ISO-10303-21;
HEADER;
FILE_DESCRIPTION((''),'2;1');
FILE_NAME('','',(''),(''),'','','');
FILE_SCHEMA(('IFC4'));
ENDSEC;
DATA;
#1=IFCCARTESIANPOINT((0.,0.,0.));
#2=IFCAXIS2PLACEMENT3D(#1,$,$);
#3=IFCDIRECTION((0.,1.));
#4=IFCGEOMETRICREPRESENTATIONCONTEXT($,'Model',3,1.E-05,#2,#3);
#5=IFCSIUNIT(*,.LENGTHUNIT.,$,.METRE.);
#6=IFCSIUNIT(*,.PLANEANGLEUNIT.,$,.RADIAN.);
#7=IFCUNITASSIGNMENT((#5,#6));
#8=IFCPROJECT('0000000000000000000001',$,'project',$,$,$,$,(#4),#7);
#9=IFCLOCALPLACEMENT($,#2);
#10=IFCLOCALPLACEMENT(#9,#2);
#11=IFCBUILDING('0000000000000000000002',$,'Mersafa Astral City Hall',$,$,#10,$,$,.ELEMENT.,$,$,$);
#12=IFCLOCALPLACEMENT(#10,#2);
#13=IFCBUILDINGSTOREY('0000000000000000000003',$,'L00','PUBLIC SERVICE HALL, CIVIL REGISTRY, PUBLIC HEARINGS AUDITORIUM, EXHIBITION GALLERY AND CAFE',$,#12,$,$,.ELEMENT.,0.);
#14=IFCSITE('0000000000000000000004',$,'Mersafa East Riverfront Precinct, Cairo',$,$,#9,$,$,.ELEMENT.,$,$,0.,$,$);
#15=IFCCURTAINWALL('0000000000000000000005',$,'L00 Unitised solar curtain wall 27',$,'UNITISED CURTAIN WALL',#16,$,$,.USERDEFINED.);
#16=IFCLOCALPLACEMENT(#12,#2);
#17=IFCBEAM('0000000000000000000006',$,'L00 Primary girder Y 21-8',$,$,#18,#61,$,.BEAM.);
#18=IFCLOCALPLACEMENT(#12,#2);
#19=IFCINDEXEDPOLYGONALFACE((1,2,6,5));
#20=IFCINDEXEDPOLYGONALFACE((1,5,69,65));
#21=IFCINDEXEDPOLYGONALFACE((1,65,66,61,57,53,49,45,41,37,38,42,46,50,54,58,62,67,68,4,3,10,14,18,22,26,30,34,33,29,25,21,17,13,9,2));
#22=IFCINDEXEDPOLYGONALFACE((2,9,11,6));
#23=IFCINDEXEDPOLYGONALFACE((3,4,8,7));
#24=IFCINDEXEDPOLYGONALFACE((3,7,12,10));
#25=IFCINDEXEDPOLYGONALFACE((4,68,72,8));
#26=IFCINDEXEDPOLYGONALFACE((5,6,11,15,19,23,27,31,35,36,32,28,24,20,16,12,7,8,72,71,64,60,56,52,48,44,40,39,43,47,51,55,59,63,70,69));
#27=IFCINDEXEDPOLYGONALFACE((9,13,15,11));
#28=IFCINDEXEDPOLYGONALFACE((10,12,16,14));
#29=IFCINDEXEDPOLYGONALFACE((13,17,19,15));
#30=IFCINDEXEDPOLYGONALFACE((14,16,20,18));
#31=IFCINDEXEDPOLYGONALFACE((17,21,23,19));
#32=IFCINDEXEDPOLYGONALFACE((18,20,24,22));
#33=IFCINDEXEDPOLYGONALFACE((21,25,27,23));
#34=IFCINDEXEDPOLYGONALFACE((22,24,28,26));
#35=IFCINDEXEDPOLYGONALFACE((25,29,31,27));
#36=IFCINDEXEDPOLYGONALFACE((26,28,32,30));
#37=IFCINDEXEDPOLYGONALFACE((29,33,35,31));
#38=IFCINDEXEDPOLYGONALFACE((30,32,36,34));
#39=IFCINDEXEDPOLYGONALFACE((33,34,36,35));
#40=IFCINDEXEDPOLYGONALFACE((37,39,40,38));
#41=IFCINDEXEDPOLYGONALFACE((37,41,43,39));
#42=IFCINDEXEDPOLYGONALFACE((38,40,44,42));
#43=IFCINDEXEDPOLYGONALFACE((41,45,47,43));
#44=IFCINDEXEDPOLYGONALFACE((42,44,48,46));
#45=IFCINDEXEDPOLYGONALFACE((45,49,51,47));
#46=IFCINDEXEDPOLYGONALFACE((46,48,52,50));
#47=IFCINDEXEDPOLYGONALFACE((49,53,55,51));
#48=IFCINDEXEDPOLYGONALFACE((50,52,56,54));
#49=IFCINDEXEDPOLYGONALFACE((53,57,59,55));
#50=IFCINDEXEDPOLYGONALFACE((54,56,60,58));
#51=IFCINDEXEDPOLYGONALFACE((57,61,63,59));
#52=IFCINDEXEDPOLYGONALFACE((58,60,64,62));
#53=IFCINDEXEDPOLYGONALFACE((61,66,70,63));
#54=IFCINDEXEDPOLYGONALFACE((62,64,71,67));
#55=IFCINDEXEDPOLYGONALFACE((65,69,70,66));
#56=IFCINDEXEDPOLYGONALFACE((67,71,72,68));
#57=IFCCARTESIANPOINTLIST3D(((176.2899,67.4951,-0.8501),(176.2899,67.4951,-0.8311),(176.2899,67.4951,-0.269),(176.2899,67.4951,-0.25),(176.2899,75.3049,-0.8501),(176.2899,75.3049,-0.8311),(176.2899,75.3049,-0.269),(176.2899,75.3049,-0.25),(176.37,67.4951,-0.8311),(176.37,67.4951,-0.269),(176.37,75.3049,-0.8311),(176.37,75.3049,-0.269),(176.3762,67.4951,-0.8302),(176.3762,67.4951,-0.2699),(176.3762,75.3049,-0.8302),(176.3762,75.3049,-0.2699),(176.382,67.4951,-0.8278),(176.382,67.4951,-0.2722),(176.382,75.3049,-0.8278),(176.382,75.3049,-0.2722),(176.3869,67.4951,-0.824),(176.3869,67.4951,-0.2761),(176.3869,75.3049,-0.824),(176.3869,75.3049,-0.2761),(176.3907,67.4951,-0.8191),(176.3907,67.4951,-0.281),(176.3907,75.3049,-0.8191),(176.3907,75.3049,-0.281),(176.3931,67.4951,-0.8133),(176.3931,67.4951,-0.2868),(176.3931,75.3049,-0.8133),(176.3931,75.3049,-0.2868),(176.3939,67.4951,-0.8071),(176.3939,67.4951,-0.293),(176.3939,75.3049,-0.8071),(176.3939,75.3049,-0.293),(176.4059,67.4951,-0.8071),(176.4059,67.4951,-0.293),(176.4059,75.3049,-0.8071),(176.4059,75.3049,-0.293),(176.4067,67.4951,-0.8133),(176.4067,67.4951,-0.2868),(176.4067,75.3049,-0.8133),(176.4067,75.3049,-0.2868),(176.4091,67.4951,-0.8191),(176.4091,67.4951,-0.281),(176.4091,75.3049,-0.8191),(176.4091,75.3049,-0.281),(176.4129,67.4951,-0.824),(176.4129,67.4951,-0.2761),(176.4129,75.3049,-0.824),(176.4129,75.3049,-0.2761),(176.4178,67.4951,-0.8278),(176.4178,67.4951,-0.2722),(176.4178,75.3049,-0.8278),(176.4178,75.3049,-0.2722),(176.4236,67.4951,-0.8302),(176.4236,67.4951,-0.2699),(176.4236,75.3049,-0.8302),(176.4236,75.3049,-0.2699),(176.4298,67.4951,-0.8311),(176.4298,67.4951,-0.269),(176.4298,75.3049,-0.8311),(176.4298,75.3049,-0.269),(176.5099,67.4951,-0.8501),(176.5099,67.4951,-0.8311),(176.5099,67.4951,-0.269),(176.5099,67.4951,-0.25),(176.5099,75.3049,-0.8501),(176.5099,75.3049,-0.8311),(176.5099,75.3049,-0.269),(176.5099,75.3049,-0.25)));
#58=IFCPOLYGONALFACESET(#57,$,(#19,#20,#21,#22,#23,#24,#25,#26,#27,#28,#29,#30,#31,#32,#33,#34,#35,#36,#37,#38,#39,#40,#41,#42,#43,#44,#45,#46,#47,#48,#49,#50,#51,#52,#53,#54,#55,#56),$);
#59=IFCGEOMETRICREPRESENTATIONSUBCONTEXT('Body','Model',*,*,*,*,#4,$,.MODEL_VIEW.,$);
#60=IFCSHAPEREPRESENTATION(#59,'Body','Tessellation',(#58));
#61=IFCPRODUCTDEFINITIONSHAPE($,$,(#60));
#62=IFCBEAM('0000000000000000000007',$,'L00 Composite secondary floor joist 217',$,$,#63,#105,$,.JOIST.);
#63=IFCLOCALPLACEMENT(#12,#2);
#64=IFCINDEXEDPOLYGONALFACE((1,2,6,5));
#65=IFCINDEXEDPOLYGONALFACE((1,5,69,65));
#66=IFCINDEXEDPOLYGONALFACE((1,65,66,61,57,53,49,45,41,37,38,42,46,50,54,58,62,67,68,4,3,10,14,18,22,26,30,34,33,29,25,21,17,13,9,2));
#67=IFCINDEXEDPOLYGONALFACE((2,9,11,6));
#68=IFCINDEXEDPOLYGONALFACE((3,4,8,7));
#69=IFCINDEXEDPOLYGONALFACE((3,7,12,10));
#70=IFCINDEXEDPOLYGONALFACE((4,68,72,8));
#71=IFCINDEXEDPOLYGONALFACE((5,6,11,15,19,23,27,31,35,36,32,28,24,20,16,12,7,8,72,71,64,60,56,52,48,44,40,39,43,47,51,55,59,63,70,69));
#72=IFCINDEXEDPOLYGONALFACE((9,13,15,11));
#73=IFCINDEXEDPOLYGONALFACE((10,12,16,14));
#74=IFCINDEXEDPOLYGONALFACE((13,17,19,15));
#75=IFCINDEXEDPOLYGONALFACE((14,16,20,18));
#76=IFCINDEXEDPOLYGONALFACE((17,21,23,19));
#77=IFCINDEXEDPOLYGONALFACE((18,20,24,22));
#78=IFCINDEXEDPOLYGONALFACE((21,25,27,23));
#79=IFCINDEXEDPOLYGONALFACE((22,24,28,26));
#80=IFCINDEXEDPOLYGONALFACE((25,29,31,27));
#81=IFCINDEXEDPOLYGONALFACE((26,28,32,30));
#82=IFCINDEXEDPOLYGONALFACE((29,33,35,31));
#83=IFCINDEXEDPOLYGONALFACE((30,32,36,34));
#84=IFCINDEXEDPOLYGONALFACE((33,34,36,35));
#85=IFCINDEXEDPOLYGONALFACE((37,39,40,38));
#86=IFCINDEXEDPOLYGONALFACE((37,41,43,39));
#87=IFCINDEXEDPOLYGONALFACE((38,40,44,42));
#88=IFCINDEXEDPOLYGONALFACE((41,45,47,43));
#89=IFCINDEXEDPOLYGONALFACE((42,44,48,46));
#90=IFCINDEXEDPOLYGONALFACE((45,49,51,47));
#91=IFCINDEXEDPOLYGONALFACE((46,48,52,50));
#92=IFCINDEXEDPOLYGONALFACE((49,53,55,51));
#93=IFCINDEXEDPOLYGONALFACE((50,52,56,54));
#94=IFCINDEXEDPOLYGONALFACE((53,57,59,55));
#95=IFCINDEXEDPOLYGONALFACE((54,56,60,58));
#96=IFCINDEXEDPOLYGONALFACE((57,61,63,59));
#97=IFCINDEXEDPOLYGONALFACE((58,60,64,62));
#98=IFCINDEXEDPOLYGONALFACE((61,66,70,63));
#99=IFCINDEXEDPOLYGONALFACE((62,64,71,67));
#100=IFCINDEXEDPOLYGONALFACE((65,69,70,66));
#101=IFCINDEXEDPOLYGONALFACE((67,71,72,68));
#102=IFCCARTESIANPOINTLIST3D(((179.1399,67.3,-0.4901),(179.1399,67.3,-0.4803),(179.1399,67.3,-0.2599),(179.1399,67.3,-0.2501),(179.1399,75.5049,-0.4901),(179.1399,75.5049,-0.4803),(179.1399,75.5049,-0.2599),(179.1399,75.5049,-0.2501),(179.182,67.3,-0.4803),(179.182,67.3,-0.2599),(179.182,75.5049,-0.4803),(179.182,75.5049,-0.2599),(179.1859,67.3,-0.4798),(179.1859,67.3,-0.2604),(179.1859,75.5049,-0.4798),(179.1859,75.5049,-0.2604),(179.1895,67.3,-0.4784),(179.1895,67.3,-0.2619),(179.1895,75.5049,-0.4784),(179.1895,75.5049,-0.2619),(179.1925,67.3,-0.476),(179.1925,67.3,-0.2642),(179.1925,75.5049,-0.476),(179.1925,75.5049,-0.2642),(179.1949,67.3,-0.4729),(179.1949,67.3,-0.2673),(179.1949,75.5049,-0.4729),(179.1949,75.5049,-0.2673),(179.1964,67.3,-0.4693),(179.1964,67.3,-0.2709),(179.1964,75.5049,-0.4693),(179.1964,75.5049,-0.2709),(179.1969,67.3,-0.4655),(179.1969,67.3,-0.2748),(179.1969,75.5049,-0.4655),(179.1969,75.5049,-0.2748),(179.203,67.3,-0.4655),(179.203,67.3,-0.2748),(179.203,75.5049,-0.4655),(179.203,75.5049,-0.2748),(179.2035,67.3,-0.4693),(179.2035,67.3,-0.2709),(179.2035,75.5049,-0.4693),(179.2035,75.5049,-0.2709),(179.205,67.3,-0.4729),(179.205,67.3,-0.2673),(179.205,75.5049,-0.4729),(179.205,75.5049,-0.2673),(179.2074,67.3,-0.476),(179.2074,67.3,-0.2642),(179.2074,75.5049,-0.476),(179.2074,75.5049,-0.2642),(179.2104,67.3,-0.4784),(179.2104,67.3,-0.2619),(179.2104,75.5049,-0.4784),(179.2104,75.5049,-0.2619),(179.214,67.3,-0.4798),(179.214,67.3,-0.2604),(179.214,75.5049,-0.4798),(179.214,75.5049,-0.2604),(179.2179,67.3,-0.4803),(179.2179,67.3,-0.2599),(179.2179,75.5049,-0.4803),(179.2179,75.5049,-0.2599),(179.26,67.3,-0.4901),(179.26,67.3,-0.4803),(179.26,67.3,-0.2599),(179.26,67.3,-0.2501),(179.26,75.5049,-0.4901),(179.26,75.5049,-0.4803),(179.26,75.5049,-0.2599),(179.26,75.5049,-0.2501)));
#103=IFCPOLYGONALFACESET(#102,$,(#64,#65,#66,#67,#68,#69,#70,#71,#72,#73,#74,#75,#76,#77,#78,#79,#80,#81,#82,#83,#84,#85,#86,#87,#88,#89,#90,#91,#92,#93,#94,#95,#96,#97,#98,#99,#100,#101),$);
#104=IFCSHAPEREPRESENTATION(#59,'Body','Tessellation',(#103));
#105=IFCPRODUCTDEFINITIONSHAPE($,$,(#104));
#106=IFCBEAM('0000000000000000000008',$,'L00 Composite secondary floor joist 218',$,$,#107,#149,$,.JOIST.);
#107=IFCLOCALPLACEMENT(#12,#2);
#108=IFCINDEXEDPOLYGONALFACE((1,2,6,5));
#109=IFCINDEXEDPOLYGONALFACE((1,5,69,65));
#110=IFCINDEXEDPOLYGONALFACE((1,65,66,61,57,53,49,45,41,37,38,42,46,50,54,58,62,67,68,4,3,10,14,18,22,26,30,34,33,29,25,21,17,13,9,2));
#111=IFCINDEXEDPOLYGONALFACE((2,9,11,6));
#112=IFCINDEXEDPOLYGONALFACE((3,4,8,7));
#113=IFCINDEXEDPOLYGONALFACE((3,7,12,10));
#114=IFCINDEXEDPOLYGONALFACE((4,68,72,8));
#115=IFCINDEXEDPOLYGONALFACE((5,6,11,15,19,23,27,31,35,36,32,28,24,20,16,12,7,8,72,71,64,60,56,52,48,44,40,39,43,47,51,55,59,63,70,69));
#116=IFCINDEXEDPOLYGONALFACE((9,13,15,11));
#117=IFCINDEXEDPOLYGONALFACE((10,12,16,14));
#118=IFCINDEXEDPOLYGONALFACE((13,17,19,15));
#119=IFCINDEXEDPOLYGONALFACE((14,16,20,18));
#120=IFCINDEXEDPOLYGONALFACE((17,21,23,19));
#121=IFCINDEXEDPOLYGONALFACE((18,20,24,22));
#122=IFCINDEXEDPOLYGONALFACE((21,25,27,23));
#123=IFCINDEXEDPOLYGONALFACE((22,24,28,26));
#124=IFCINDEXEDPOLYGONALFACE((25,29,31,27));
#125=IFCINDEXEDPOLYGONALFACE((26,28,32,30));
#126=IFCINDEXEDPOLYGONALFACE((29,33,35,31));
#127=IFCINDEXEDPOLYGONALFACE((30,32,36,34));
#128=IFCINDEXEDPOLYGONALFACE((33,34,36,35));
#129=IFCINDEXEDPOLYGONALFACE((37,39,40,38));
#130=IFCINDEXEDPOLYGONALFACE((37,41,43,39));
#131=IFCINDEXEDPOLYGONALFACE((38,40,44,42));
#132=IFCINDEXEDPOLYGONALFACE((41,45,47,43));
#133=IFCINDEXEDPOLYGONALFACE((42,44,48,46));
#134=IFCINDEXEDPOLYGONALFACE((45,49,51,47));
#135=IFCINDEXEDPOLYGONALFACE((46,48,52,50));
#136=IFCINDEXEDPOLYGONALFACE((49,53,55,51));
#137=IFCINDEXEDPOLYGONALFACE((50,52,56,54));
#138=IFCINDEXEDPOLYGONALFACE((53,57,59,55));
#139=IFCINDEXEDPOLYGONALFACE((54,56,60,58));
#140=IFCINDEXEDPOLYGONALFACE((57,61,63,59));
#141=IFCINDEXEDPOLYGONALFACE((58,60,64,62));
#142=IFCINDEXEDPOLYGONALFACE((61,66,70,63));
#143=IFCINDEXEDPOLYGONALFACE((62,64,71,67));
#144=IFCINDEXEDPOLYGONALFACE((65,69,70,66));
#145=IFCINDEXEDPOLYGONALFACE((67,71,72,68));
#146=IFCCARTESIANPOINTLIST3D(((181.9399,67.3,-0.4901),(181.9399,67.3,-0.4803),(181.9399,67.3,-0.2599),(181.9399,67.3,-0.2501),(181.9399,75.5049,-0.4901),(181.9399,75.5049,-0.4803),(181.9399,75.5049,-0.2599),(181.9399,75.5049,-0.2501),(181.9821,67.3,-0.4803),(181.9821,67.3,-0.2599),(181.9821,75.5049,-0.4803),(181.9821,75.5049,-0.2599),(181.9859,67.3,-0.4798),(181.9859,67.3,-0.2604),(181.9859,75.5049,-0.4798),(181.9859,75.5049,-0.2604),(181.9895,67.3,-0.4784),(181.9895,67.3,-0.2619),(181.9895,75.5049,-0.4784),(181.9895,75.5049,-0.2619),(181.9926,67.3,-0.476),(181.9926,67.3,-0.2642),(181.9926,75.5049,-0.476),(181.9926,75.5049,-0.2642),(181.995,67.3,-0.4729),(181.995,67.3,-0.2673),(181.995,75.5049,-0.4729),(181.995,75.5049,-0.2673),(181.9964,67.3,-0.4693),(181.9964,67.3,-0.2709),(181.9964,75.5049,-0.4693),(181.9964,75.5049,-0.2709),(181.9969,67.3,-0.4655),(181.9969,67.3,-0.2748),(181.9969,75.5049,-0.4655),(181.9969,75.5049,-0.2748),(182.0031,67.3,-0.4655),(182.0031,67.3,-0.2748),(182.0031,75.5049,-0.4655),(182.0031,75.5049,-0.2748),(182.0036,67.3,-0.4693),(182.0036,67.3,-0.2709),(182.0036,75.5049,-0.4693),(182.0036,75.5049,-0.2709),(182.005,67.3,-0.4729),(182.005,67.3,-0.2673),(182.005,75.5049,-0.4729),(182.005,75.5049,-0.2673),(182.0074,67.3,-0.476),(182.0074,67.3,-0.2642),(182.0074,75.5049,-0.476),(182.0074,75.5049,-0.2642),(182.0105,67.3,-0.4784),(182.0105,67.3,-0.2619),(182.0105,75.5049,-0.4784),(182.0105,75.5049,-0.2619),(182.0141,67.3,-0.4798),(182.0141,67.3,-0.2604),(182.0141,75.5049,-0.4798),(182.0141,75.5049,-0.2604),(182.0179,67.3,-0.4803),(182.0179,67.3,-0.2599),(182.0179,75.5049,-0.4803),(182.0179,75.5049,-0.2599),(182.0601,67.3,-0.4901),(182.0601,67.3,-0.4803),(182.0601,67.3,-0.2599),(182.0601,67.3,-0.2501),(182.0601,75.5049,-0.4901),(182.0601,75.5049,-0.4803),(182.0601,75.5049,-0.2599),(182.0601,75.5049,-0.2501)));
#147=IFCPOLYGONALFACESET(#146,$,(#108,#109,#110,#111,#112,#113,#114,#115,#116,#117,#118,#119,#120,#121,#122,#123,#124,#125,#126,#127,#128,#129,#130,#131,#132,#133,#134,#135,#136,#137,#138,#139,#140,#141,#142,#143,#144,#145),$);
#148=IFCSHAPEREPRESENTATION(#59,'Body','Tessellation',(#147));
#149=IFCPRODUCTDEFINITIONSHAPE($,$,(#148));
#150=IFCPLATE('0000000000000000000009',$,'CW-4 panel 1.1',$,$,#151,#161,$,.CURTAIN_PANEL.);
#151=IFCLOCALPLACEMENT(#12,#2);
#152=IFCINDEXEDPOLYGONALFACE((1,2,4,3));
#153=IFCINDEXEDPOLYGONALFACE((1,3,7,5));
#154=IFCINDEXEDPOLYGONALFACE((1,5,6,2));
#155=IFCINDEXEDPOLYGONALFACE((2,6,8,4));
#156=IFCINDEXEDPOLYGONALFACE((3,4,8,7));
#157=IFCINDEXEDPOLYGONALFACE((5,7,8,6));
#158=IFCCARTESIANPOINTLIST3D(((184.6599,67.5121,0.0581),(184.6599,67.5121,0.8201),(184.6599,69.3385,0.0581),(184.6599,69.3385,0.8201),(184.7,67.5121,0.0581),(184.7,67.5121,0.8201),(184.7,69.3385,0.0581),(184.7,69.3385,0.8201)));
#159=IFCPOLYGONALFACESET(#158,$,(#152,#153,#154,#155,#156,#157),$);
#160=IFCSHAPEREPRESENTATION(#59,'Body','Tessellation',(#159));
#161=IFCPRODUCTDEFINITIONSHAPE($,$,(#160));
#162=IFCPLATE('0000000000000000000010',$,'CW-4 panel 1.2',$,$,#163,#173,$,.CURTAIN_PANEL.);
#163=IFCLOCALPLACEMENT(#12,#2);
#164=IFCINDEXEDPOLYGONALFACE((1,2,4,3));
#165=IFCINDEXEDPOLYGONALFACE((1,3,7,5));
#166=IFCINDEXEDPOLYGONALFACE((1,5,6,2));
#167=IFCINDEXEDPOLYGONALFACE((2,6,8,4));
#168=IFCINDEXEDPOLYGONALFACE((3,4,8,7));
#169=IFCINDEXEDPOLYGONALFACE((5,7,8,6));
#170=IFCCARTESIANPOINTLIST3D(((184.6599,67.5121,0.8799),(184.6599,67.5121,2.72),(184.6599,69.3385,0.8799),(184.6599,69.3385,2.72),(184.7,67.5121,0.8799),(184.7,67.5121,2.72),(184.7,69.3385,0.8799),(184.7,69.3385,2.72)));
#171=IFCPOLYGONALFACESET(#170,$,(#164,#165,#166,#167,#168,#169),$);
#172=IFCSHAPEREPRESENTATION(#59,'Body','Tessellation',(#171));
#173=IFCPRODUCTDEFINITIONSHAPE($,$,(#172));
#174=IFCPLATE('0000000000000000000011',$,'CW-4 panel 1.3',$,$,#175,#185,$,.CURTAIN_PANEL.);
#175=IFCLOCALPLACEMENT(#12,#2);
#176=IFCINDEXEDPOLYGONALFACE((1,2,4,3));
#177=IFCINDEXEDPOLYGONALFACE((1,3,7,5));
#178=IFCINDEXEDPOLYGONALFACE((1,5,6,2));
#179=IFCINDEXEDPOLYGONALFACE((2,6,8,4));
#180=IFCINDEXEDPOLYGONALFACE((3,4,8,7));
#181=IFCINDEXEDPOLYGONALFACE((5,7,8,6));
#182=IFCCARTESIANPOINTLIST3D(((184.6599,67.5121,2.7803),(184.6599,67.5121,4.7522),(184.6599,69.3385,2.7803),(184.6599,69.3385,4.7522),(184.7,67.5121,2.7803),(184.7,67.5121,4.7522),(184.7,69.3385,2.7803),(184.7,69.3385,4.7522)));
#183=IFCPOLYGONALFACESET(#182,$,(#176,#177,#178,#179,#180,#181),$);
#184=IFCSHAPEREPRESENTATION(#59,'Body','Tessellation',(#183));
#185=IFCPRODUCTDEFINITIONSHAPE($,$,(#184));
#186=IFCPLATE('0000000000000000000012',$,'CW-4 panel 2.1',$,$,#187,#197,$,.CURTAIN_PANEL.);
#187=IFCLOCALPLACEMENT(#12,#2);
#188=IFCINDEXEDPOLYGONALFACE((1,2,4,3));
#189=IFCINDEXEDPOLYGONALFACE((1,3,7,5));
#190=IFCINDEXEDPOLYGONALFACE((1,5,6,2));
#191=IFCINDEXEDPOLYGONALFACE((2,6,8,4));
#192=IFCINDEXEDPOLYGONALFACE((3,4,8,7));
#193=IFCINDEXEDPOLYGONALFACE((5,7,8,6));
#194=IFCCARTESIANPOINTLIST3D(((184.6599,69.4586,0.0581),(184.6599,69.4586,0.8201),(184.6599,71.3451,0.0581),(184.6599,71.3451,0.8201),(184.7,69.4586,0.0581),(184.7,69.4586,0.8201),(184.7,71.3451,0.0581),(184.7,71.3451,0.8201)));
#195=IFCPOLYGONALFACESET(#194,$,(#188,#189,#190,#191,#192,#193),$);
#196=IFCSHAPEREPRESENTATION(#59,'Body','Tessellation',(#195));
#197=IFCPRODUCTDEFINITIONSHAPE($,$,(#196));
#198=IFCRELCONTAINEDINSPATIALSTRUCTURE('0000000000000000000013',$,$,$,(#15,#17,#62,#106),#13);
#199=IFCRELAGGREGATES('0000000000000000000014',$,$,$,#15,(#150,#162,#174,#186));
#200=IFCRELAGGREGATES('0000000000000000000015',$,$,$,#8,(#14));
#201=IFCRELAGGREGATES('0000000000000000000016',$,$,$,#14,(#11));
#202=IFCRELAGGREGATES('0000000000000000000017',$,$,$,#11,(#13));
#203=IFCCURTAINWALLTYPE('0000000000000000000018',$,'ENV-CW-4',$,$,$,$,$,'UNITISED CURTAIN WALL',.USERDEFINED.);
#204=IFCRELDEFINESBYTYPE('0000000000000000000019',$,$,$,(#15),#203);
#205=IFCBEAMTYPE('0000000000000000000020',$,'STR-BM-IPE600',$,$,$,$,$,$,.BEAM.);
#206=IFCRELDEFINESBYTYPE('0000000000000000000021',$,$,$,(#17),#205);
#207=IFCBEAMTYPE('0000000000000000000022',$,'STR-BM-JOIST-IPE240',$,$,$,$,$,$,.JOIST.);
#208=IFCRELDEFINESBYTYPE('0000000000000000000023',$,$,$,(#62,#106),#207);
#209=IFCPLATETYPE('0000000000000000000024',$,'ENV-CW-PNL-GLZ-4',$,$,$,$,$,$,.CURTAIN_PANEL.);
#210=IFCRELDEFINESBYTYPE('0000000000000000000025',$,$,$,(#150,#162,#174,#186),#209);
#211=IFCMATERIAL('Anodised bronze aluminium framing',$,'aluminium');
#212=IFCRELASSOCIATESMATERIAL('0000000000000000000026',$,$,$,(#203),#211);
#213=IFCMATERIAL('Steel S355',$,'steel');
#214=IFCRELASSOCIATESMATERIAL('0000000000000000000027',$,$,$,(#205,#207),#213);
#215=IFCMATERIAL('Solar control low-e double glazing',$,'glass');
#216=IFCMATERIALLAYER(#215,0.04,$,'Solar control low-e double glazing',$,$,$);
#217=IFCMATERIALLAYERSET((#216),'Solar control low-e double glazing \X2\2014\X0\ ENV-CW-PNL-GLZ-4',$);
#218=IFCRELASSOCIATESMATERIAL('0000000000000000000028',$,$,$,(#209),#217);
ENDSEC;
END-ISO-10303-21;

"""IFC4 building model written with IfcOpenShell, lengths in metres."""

from ifc_helpers import new_model, si_unit, direction, frame, origin, origin_2d, place, context, subcontext, project, spatial, rectangle, i_section, extrude, material, layer, layer_set, material_profile, profile_set, type_object, element, aggregate, save


model = new_model("IFC4")

# Units and contexts
model_context = context("Model", 3, precision=1e-05, world=origin(), true_north=direction((0.0, 1.0)))
body_context = subcontext(model_context, "Body", "Model", "MODEL_VIEW")
ifc_project = project(units=[si_unit("LENGTHUNIT", "METRE"), si_unit("PLANEANGLEUNIT", "RADIAN")], contexts=[model_context])

# Site, building, storey
site_placement = place(None, origin())
site = spatial("IfcSite", under=ifc_project, at=site_placement, Name="Mersafa East Riverfront Precinct, Cairo", CompositionType="ELEMENT", RefElevation=0.0)
building_placement = place(site_placement, origin())
building = spatial("IfcBuilding", under=site, at=building_placement, Name="Mersafa Astral City Hall", CompositionType="ELEMENT")
storey_placement = place(building_placement, origin())
storey = spatial("IfcBuildingStorey", under=building, at=storey_placement, Name="L00", Description="PUBLIC SERVICE HALL, CIVIL REGISTRY, PUBLIC HEARINGS AUDITORIUM, EXHIBITION GALLERY AND CAFE", CompositionType="ELEMENT", Elevation=0.0)

# Shared definitions
ifc_material_1 = material(Name="Steel S355", Category="steel")

# Curtain wall
ifc_material_2 = material(Name="Anodised bronze aluminium framing", Category="aluminium")
curtain_wall_type = type_object("IfcCurtainWallType", Name="ENV-CW-4", ElementType="UNITISED CURTAIN WALL", PredefinedType="USERDEFINED", material=ifc_material_2)
curtain_wall_placement = place(storey_placement, origin())
curtain_wall = element("IfcCurtainWall", 1, at=curtain_wall_placement, inside=storey, type_object=curtain_wall_type, Name="L00 Unitised solar curtain wall 27", ObjectType="UNITISED CURTAIN WALL", PredefinedType="USERDEFINED")

# Beams
ifc_material_profile_1 = material_profile(ifc_material_1, i_section(OverallWidth=0.22, OverallDepth=0.6001, WebThickness=0.012, FlangeThickness=0.019, FilletRadius=0.0239, at=origin_2d()), Name="IPE 600")
ifc_profile_set_1 = profile_set([ifc_material_profile_1], Name="Steel S355")
beam_type_1 = type_object("IfcBeamType", Name="STR-BM-IPE600", PredefinedType="BEAM", material=ifc_profile_set_1)
beam_1_placement = place(storey_placement, frame((176.3999, 67.4951, -0.55), z_axis=(0.0, 1.0, 0.0), x_axis=(-1.0, 0.0, 0.0)))
element("IfcBeam", 2, at=beam_1_placement, inside=storey, type_object=beam_type_1, Name="L00 Primary girder Y 21-8", PredefinedType="BEAM", context=body_context, shape_type="SweptSolid", body=[
    extrude(i_section(OverallWidth=0.22, OverallDepth=0.6001, WebThickness=0.012, FlangeThickness=0.019, FilletRadius=0.0239, at=origin_2d()), origin(), (0.0, 0.0, 1.0), 7.8098),
])
ifc_material_profile_2 = material_profile(ifc_material_1, i_section(OverallWidth=0.1201, OverallDepth=0.24, WebThickness=0.0061, FlangeThickness=0.0098, FilletRadius=0.0149, at=origin_2d()), Name="IPE 240")
ifc_profile_set_2 = profile_set([ifc_material_profile_2], Name="Steel S355")
beam_type_2 = type_object("IfcBeamType", Name="STR-BM-JOIST-IPE240", PredefinedType="JOIST", material=ifc_profile_set_2)
for number, where, z_axis, x_axis, name in (
    (3, (179.2, 67.3, -0.3701), (0.0, 1.0, 0.0), (-1.0, 0.0, 0.0), "L00 Composite secondary floor joist 217"),
    (4, (182.0, 67.3, -0.3701), (0.0, 1.0, 0.0), (-1.0, 0.0, 0.0), "L00 Composite secondary floor joist 218"),
):
    element("IfcBeam", number, at=place(storey_placement, frame(where, z_axis=z_axis, x_axis=x_axis)), inside=storey, type_object=beam_type_2, Name=name, PredefinedType="JOIST", context=body_context, shape_type="SweptSolid", body=[
        extrude(i_section(OverallWidth=0.1201, OverallDepth=0.24, WebThickness=0.0061, FlangeThickness=0.0098, FilletRadius=0.0149, at=origin_2d()), origin(), (0.0, 0.0, 1.0), 8.2048),
    ])

# Plates
ifc_material_3 = material(Name="Solar control low-e double glazing", Category="glass")
ifc_layer = layer(ifc_material_3, 0.04, Name="Solar control low-e double glazing")
ifc_layer_set = layer_set([ifc_layer], Name="Solar control low-e double glazing — ENV-CW-PNL-GLZ-4")
plate_type = type_object("IfcPlateType", Name="ENV-CW-PNL-GLZ-4", PredefinedType="CURTAIN_PANEL", material=ifc_layer_set)
plate_1_placement = place(storey_placement, frame((184.6799, 68.4253, 0.0581), z_axis=(0.0, 0.0, 1.0), x_axis=(0.0, 1.0, 0.0)))
plate_1 = element("IfcPlate", 5, at=plate_1_placement, type_object=plate_type, Name="CW-4 panel 1.1", PredefinedType="CURTAIN_PANEL", context=body_context, shape_type="SweptSolid", body=[
    extrude(rectangle(XDim=1.8264, YDim=0.04, at=origin_2d()), origin(), (0.0, 0.0, 1.0), 0.762),
])
plate_2_placement = place(storey_placement, frame((184.6799, 68.4253, 0.8799), z_axis=(0.0, 0.0, 1.0), x_axis=(0.0, 1.0, 0.0)))
plate_2 = element("IfcPlate", 6, at=plate_2_placement, type_object=plate_type, Name="CW-4 panel 1.2", PredefinedType="CURTAIN_PANEL", context=body_context, shape_type="SweptSolid", body=[
    extrude(rectangle(XDim=1.8264, YDim=0.04, at=origin_2d()), origin(), (0.0, 0.0, 1.0), 1.8401),
])
plate_3_placement = place(storey_placement, frame((184.6799, 68.4253, 2.7803), z_axis=(0.0, 0.0, 1.0), x_axis=(0.0, 1.0, 0.0)))
plate_3 = element("IfcPlate", 7, at=plate_3_placement, type_object=plate_type, Name="CW-4 panel 1.3", PredefinedType="CURTAIN_PANEL", context=body_context, shape_type="SweptSolid", body=[
    extrude(rectangle(XDim=1.8264, YDim=0.04, at=origin_2d()), origin(), (0.0, 0.0, 1.0), 1.9719),
])
plate_4_placement = place(storey_placement, frame((184.6799, 70.4019, 0.0581), z_axis=(0.0, 0.0, 1.0), x_axis=(0.0, 1.0, 0.0)))
plate_4 = element("IfcPlate", 8, at=plate_4_placement, type_object=plate_type, Name="CW-4 panel 2.1", PredefinedType="CURTAIN_PANEL", context=body_context, shape_type="SweptSolid", body=[
    extrude(rectangle(XDim=1.8865, YDim=0.04, at=origin_2d()), origin(), (0.0, 0.0, 1.0), 0.762),
])
aggregate(curtain_wall, [plate_1, plate_2, plate_3, plate_4])

save(model, "model.ifc")
